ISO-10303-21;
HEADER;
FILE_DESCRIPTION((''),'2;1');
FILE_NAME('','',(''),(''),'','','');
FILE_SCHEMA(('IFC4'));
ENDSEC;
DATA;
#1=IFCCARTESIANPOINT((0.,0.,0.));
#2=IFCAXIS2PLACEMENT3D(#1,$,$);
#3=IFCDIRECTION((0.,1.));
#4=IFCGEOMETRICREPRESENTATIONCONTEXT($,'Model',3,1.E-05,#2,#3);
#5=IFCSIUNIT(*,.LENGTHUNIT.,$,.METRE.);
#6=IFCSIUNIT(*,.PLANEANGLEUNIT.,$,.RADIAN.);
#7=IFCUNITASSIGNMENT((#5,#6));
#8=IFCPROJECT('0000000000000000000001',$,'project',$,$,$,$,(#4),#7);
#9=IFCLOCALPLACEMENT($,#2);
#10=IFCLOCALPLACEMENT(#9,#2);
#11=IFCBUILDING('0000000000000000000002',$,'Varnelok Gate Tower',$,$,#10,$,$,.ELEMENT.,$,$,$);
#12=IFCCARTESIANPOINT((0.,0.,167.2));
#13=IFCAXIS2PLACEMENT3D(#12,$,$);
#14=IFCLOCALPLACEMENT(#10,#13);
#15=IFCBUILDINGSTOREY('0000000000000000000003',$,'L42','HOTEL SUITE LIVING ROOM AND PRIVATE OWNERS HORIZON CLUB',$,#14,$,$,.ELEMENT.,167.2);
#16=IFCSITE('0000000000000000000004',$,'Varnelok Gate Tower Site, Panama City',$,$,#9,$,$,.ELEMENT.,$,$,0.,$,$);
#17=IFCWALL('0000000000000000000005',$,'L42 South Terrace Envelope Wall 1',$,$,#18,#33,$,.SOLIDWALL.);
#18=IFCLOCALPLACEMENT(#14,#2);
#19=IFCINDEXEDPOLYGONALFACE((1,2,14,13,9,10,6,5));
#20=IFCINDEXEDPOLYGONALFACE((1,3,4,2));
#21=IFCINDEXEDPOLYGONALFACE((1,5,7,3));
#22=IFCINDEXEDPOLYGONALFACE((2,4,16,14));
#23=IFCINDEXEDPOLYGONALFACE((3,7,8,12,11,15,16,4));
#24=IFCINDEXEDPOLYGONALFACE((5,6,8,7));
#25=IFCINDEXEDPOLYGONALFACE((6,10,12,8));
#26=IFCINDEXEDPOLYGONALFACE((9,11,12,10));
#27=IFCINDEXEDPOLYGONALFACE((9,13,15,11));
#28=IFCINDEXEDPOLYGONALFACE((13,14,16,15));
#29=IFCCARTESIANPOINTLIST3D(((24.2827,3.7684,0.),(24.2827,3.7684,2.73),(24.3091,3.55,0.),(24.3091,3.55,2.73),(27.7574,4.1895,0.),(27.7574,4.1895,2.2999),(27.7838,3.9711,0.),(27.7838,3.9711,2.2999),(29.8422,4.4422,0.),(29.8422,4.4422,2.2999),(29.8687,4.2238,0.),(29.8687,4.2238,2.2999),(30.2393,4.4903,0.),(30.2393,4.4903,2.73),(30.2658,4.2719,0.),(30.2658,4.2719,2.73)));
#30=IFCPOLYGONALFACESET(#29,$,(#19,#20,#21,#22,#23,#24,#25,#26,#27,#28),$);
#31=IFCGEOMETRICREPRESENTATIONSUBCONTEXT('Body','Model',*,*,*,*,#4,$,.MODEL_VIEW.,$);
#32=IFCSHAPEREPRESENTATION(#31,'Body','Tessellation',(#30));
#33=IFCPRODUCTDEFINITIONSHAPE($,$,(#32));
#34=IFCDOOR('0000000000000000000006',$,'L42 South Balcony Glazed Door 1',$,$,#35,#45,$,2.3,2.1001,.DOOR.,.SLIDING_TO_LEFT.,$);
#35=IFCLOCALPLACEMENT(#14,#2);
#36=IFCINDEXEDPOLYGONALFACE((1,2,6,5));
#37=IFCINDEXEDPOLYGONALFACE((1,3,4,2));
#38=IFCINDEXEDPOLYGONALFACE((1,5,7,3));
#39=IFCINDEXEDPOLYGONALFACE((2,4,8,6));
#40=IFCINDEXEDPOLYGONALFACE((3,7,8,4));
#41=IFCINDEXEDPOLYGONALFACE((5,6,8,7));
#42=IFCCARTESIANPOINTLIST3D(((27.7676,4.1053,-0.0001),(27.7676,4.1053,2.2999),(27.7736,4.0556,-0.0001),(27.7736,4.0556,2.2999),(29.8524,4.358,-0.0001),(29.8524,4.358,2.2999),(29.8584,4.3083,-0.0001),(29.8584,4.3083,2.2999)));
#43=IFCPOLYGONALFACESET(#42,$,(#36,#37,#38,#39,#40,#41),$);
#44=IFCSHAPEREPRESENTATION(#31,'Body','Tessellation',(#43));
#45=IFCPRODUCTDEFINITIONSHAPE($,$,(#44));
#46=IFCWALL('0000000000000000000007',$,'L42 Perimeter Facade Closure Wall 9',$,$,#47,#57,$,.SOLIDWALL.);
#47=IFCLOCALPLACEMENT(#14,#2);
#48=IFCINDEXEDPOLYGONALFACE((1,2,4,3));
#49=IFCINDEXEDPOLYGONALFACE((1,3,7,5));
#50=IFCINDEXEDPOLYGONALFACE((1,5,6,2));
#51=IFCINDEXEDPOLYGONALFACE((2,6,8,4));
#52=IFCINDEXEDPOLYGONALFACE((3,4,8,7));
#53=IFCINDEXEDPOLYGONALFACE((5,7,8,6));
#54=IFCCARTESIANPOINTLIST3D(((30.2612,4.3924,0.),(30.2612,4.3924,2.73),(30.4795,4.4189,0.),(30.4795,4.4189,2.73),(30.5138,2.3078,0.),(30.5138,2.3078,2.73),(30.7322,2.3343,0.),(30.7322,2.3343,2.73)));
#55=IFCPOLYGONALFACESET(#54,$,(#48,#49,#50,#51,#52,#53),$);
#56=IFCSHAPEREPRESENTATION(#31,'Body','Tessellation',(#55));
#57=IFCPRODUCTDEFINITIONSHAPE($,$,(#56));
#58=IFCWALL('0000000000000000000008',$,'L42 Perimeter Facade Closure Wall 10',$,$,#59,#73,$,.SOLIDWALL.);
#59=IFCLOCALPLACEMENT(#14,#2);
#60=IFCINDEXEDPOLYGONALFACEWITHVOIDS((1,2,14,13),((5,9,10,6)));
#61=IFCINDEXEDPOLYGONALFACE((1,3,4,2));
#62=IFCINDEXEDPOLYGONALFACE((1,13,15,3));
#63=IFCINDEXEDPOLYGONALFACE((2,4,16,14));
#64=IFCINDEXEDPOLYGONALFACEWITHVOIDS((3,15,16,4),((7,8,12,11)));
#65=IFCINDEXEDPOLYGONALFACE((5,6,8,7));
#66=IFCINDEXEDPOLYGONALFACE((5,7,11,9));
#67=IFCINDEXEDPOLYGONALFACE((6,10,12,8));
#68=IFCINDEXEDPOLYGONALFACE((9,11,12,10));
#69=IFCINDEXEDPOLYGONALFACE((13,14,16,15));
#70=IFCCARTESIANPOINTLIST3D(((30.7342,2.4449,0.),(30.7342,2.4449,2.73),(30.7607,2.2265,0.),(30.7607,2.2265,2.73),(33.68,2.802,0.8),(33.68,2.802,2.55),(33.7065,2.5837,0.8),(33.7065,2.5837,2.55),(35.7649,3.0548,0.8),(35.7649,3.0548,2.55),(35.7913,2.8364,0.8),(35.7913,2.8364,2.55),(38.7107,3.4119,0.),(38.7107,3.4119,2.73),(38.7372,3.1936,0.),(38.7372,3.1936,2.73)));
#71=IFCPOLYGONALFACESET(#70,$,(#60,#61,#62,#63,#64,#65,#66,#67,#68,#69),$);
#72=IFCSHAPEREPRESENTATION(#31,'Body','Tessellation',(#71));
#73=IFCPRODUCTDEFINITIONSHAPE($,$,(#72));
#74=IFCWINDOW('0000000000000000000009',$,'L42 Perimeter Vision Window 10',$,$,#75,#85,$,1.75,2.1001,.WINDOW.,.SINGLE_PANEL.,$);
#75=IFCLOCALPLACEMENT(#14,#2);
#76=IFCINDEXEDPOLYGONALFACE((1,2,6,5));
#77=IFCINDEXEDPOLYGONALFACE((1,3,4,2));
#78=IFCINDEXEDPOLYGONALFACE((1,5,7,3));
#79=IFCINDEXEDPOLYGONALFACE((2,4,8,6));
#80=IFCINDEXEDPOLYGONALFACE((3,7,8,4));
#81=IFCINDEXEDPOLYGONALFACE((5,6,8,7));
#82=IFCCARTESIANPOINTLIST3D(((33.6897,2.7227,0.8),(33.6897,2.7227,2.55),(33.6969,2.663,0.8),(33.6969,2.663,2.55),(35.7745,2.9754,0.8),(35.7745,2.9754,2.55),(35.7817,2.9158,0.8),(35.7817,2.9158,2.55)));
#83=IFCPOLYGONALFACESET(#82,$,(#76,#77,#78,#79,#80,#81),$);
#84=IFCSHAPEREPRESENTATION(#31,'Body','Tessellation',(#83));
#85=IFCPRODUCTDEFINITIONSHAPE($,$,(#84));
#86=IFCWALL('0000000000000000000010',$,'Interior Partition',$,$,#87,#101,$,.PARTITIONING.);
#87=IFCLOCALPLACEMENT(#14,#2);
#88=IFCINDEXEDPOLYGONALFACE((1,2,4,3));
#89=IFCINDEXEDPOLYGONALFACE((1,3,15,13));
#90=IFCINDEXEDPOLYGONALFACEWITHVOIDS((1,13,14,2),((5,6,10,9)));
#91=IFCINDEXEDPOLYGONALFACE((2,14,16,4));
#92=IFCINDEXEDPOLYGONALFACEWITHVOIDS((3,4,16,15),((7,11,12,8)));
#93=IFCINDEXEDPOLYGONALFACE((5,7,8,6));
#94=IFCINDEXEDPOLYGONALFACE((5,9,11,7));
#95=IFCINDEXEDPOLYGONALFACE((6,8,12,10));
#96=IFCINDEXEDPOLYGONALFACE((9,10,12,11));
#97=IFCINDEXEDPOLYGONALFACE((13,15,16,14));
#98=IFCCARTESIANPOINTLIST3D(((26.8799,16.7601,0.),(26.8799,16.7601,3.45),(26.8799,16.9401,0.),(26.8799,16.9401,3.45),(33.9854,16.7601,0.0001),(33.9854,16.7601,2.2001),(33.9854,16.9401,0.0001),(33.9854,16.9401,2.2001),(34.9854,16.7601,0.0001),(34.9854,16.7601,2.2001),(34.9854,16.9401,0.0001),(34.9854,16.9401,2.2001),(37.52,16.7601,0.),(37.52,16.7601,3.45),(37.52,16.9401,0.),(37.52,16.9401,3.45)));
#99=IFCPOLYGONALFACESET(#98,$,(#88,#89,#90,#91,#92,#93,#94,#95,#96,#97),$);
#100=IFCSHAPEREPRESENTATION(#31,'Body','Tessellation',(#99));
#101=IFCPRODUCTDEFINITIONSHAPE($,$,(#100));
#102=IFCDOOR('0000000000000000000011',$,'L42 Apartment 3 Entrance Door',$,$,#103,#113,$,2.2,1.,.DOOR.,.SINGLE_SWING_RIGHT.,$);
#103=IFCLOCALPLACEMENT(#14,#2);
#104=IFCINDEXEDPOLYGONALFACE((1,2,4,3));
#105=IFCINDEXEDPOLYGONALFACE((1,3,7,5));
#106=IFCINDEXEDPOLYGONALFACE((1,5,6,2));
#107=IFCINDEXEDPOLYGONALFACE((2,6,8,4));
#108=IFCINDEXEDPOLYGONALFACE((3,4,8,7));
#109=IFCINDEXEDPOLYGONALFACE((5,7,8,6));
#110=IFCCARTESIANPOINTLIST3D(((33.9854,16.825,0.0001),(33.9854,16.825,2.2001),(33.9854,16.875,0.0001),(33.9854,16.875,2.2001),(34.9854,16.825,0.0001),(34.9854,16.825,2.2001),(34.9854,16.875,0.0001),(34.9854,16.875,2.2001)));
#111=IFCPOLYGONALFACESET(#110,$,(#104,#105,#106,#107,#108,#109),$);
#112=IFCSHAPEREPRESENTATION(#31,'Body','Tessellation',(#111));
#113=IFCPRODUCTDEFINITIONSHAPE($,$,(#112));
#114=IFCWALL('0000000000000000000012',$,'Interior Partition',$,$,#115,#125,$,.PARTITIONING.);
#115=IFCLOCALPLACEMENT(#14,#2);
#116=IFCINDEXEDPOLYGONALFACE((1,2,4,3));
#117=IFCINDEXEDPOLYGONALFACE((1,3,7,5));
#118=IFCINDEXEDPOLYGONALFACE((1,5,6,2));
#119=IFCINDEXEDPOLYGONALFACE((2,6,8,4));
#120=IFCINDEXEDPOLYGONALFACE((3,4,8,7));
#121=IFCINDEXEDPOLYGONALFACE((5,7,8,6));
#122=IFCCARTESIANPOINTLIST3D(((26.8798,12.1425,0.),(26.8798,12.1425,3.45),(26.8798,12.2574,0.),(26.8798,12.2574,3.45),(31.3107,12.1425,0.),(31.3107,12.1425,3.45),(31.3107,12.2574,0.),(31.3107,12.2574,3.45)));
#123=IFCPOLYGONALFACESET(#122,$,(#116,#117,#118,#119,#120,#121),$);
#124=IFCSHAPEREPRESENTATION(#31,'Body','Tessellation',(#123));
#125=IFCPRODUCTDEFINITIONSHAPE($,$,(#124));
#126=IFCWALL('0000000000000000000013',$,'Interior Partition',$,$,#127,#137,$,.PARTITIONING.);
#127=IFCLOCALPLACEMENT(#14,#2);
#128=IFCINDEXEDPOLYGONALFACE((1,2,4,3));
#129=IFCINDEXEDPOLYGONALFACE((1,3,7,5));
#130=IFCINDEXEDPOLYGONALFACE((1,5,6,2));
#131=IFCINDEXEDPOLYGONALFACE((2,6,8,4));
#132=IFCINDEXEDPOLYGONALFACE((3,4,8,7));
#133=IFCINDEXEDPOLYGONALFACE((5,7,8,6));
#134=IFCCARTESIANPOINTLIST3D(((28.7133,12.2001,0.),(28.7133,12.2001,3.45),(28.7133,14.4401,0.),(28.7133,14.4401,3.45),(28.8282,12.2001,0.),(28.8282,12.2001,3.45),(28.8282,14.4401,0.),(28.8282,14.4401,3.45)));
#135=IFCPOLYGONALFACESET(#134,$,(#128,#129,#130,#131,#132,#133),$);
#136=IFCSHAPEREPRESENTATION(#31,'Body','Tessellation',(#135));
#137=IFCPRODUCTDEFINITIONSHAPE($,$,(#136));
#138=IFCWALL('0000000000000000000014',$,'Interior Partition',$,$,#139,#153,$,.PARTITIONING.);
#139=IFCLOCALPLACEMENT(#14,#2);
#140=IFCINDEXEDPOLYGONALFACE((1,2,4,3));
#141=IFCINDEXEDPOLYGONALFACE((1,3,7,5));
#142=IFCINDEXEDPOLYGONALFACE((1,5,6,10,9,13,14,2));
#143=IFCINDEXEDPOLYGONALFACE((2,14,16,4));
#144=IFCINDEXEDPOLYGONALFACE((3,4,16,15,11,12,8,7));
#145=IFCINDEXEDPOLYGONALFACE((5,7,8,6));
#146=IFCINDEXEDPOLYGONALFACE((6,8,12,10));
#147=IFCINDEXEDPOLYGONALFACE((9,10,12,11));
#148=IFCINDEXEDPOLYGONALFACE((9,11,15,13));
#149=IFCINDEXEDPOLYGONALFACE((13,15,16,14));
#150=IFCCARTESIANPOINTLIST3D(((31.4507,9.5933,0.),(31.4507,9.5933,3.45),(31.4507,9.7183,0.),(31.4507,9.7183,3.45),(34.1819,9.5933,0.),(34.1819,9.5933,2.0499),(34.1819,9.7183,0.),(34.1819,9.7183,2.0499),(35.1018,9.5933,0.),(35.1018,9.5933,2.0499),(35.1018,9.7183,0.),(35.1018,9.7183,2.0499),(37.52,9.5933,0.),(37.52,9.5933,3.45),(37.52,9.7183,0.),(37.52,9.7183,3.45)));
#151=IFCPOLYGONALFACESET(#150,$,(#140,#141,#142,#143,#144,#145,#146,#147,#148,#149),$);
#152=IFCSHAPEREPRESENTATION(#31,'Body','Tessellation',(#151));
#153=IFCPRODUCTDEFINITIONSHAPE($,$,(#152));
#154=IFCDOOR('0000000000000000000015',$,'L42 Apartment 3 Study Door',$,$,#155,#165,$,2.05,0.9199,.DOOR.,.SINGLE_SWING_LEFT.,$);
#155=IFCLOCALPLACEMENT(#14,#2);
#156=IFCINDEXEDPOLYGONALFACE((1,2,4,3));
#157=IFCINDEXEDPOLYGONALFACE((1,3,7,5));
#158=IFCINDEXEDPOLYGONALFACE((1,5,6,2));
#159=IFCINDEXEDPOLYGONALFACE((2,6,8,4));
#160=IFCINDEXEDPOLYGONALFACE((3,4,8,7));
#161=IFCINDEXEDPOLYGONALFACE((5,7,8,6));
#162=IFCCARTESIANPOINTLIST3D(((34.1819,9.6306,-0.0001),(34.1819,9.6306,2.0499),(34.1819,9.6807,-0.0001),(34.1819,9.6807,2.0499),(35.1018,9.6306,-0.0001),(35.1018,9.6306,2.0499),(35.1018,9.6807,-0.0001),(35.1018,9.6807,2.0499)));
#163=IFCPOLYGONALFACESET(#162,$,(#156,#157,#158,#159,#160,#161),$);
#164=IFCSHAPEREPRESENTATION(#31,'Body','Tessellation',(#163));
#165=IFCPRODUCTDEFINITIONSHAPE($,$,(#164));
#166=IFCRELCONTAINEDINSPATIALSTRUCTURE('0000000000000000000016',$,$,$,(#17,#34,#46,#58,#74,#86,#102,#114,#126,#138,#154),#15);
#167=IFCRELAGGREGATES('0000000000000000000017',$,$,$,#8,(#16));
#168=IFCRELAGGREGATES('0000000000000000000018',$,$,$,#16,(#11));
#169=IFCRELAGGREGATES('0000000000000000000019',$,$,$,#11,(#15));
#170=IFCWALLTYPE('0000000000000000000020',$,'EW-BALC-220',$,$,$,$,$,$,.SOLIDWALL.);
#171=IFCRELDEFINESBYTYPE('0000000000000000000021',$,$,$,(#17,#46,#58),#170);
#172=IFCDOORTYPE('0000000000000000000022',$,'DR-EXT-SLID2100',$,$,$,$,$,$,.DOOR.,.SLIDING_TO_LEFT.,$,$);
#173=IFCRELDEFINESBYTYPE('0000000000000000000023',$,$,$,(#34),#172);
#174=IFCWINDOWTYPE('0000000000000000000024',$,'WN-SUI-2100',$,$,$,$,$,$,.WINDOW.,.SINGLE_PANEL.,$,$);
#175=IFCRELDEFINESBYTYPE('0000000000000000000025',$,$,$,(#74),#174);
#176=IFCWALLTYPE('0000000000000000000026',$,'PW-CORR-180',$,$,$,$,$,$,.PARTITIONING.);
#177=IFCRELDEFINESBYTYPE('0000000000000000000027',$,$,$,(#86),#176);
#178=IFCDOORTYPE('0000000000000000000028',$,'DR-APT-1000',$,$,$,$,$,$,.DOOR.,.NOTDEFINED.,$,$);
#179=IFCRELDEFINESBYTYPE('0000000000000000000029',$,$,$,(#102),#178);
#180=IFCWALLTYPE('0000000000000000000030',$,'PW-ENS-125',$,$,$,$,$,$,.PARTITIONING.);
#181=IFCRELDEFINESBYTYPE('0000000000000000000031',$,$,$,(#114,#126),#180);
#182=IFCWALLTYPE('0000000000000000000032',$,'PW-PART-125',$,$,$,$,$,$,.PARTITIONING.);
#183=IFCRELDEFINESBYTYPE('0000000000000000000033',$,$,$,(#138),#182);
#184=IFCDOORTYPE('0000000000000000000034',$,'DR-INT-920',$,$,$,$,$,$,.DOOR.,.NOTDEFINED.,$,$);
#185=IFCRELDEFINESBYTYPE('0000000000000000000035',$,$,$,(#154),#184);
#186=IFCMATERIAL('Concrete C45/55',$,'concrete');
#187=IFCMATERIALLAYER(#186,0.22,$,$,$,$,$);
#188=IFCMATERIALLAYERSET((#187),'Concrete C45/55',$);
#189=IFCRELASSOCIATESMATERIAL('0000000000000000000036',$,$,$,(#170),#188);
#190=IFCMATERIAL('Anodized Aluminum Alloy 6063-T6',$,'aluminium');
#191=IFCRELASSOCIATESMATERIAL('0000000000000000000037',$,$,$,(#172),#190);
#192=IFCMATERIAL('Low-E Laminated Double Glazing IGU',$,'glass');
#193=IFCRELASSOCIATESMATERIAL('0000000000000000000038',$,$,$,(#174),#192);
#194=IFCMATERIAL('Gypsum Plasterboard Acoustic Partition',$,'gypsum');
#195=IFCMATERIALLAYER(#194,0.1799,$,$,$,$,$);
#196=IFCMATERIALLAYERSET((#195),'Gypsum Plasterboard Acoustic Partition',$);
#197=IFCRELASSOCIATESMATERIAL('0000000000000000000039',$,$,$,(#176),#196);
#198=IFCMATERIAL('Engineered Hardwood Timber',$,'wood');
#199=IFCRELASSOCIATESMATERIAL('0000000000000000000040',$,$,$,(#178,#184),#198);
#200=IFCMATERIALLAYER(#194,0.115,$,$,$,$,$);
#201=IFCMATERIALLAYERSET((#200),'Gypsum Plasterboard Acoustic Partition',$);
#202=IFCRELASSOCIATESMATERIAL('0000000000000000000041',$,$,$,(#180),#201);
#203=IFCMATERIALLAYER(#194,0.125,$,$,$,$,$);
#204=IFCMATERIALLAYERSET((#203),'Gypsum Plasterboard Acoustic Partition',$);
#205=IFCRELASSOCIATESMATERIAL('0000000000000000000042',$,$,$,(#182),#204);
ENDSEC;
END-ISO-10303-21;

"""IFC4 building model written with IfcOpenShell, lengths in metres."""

from ifc_helpers import new_model, si_unit, direction, frame, frame_2d, origin, place, context, subcontext, project, spatial, rectangle, extrude, material, layer, layer_set, type_object, element, fill, save


model = new_model("IFC4")

# Units and contexts
model_context = context("Model", 3, precision=1e-05, world=origin(), true_north=direction((0.0, 1.0)))
body_context = subcontext(model_context, "Body", "Model", "MODEL_VIEW")
ifc_project = project(units=[si_unit("LENGTHUNIT", "METRE"), si_unit("PLANEANGLEUNIT", "RADIAN")], contexts=[model_context])

# Site, building, storey
site_placement = place(None, origin())
site = spatial("IfcSite", under=ifc_project, at=site_placement, Name="Varnelok Gate Tower Site, Panama City", CompositionType="ELEMENT", RefElevation=0.0)
building_placement = place(site_placement, origin())
building = spatial("IfcBuilding", under=site, at=building_placement, Name="Varnelok Gate Tower", CompositionType="ELEMENT")
storey_placement = place(building_placement, frame((0.0, 0.0, 167.2)))
storey = spatial("IfcBuildingStorey", under=building, at=storey_placement, Name="L42", Description="HOTEL SUITE LIVING ROOM AND PRIVATE OWNERS HORIZON CLUB", CompositionType="ELEMENT", Elevation=167.2)

# Wall, opening, door
ifc_material_1 = material(Name="Concrete C45/55", Category="concrete")
ifc_layer_1 = layer(ifc_material_1, 0.22)
ifc_layer_set_1 = layer_set([ifc_layer_1], Name="Concrete C45/55")
wall_type_1 = type_object("IfcWallType", Name="EW-BALC-220", PredefinedType="SOLIDWALL", material=ifc_layer_set_1)
wall_1_placement = place(storey_placement, frame((30.2524, 4.3811, 0.0), z_axis=(0.0, 0.0, 1.0), x_axis=(-0.992735, -0.120318, 0.0)))
wall_1 = element("IfcWall", 1, at=wall_1_placement, inside=storey, type_object=wall_type_1, Name="L42 South Terrace Envelope Wall 1", PredefinedType="SOLIDWALL", context=body_context, shape_type="SweptSolid", body=[
    extrude(rectangle(XDim=6.0002, YDim=0.22, at=frame_2d((3.0, 0.0))), origin(), (0.0, 0.0, 1.0), 2.73),
])
opening_1_placement = place(wall_1_placement, frame((0.3999, 0.0, 0.0)))
opening_1 = element("IfcOpeningElement", 2, at=opening_1_placement, cuts=wall_1, PredefinedType="OPENING", context=body_context, shape_type="SweptSolid", body=[
    extrude(rectangle(XDim=2.1001, YDim=2.3, at=frame_2d((1.05, 1.1499))), frame((0.0, 0.1199, 0.0), z_axis=(0.0, -1.0, 0.0), x_axis=(1.0, 0.0, 0.0)), (0.0, 0.0, 1.0), 0.24),
])
ifc_material_2 = material(Name="Anodized Aluminum Alloy 6063-T6", Category="aluminium")
door_type_1 = type_object("IfcDoorType", Name="DR-EXT-SLID2100", OperationType="SLIDING_TO_LEFT", PredefinedType="DOOR", material=ifc_material_2)
door_1_placement = place(opening_1_placement, origin())
door_1 = element("IfcDoor", 3, at=door_1_placement, inside=storey, type_object=door_type_1, Name="L42 South Balcony Glazed Door 1", OperationType="SLIDING_TO_LEFT", OverallHeight=2.3, OverallWidth=2.1001, PredefinedType="DOOR", context=body_context, shape_type="SweptSolid", body=[
    extrude(rectangle(XDim=2.1001, YDim=2.3, at=frame_2d((1.05, 1.1499))), frame((0.0, 0.0249, 0.0), z_axis=(0.0, -1.0, 0.0), x_axis=(1.0, 0.0, 0.0)), (0.0, 0.0, 1.0), 0.05),
])
fill(opening_1, door_1)

# Wall
wall_2_placement = place(storey_placement, frame((30.3704, 4.4055, 0.0), z_axis=(0.0, 0.0, 1.0), x_axis=(0.120328, -0.992734, 0.0)))
element("IfcWall", 4, at=wall_2_placement, inside=storey, type_object=wall_type_1, Name="L42 Perimeter Facade Closure Wall 9", PredefinedType="SOLIDWALL", context=body_context, shape_type="SweptSolid", body=[
    extrude(rectangle(XDim=2.0999, YDim=0.22, at=frame_2d((1.0498, 0.0))), origin(), (0.0, 0.0, 1.0), 2.73),
])

# Wall, opening, window
wall_3_placement = place(storey_placement, frame((30.7473, 2.3357, 0.0), z_axis=(0.0, 0.0, 1.0), x_axis=(0.992731, 0.120354, 0.0)))
wall_3 = element("IfcWall", 5, at=wall_3_placement, inside=storey, type_object=wall_type_1, Name="L42 Perimeter Facade Closure Wall 10", PredefinedType="SOLIDWALL", context=body_context, shape_type="SweptSolid", body=[
    extrude(rectangle(XDim=8.0349, YDim=0.22, at=frame_2d((4.0176, 0.0))), origin(), (0.0, 0.0, 1.0), 2.73),
])
opening_2_placement = place(wall_3_placement, frame((2.9675, 0.0, 0.8)))
opening_2 = element("IfcOpeningElement", 6, at=opening_2_placement, cuts=wall_3, PredefinedType="OPENING", context=body_context, shape_type="SweptSolid", body=[
    extrude(rectangle(XDim=2.1001, YDim=1.75, at=frame_2d((1.05, 0.875))), frame((0.0, 0.1199, 0.0), z_axis=(0.0, -1.0, 0.0), x_axis=(1.0, 0.0, 0.0)), (0.0, 0.0, 1.0), 0.24),
])
ifc_material_3 = material(Name="Low-E Laminated Double Glazing IGU", Category="glass")
window_type = type_object("IfcWindowType", Name="WN-SUI-2100", PartitioningType="SINGLE_PANEL", PredefinedType="WINDOW", material=ifc_material_3)
window_placement = place(opening_2_placement, origin())
window = element("IfcWindow", 7, at=window_placement, inside=storey, type_object=window_type, Name="L42 Perimeter Vision Window 10", OverallHeight=1.75, OverallWidth=2.1001, PartitioningType="SINGLE_PANEL", PredefinedType="WINDOW", context=body_context, shape_type="SweptSolid", body=[
    extrude(rectangle(XDim=2.1001, YDim=1.75, at=frame_2d((1.05, 0.875))), frame((0.0, 0.03, 0.0), z_axis=(0.0, -1.0, 0.0), x_axis=(1.0, 0.0, 0.0)), (0.0, 0.0, 1.0), 0.0601),
])
fill(opening_2, window)

# Wall, opening, door
ifc_material_4 = material(Name="Gypsum Plasterboard Acoustic Partition", Category="gypsum")
ifc_layer_2 = layer(ifc_material_4, 0.1799)
ifc_layer_set_2 = layer_set([ifc_layer_2], Name="Gypsum Plasterboard Acoustic Partition")
wall_type_2 = type_object("IfcWallType", Name="PW-CORR-180", PredefinedType="PARTITIONING", material=ifc_layer_set_2)
wall_4_placement = place(storey_placement, frame((26.8799, 16.8501, 0.0), z_axis=(0.0, 0.0, 1.0), x_axis=(1.0, 0.0, 0.0)))
wall_4 = element("IfcWall", 8, at=wall_4_placement, inside=storey, type_object=wall_type_2, Name="Interior Partition", PredefinedType="PARTITIONING", context=body_context, shape_type="SweptSolid", body=[
    extrude(rectangle(XDim=10.6401, YDim=0.1799, at=frame_2d((5.3201, 0.0))), origin(), (0.0, 0.0, 1.0), 3.45),
])
opening_3_placement = place(wall_4_placement, frame((7.1055, 0.0, 0.0)))
opening_3 = element("IfcOpeningElement", 9, at=opening_3_placement, cuts=wall_4, PredefinedType="OPENING", context=body_context, shape_type="SweptSolid", body=[
    extrude(rectangle(XDim=1.0, YDim=2.2, at=frame_2d((0.5, 1.1001))), frame((0.0, 0.0999, 0.0), z_axis=(0.0, -1.0, 0.0), x_axis=(1.0, 0.0, 0.0)), (0.0, 0.0, 1.0), 0.2),
])
ifc_material_5 = material(Name="Engineered Hardwood Timber", Category="wood")
door_type_2 = type_object("IfcDoorType", Name="DR-APT-1000", OperationType="NOTDEFINED", PredefinedType="DOOR", material=ifc_material_5)
door_2_placement = place(opening_3_placement, origin())
door_2 = element("IfcDoor", 10, at=door_2_placement, inside=storey, type_object=door_type_2, Name="L42 Apartment 3 Entrance Door", OperationType="SINGLE_SWING_RIGHT", OverallHeight=2.2, OverallWidth=1.0, PredefinedType="DOOR", context=body_context, shape_type="SweptSolid", body=[
    extrude(rectangle(XDim=1.0, YDim=2.2, at=frame_2d((0.5, 1.1001))), frame((0.0, 0.0249, 0.0), z_axis=(0.0, -1.0, 0.0), x_axis=(1.0, 0.0, 0.0)), (0.0, 0.0, 1.0), 0.05),
])
fill(opening_3, door_2)

# Walls
ifc_layer_3 = layer(ifc_material_4, 0.115)
ifc_layer_set_3 = layer_set([ifc_layer_3], Name="Gypsum Plasterboard Acoustic Partition")
wall_type_3 = type_object("IfcWallType", Name="PW-ENS-125", PredefinedType="PARTITIONING", material=ifc_layer_set_3)
wall_5_placement = place(storey_placement, frame((26.8799, 12.2, 0.0), z_axis=(0.0, 0.0, 1.0), x_axis=(1.0, 0.0, 0.0)))
element("IfcWall", 11, at=wall_5_placement, inside=storey, type_object=wall_type_3, Name="Interior Partition", PredefinedType="PARTITIONING", context=body_context, shape_type="SweptSolid", body=[
    extrude(rectangle(XDim=4.4309, YDim=0.115, at=frame_2d((2.2153, 0.0))), origin(), (0.0, 0.0, 1.0), 3.45),
])
wall_6_placement = place(storey_placement, frame((28.7708, 12.2, 0.0), z_axis=(0.0, 0.0, 1.0), x_axis=(0.0, 1.0, 0.0)))
element("IfcWall", 12, at=wall_6_placement, inside=storey, type_object=wall_type_3, Name="Interior Partition", PredefinedType="PARTITIONING", context=body_context, shape_type="SweptSolid", body=[
    extrude(rectangle(XDim=2.24, YDim=0.115, at=frame_2d((1.1201, 0.0))), origin(), (0.0, 0.0, 1.0), 3.45),
])

# Wall, opening, door
ifc_layer_4 = layer(ifc_material_4, 0.125)
ifc_layer_set_4 = layer_set([ifc_layer_4], Name="Gypsum Plasterboard Acoustic Partition")
wall_type_4 = type_object("IfcWallType", Name="PW-PART-125", PredefinedType="PARTITIONING", material=ifc_layer_set_4)
wall_7_placement = place(storey_placement, frame((31.4507, 9.6558, 0.0), z_axis=(0.0, 0.0, 1.0), x_axis=(1.0, 0.0, 0.0)))
wall_7 = element("IfcWall", 13, at=wall_7_placement, inside=storey, type_object=wall_type_4, Name="Interior Partition", PredefinedType="PARTITIONING", context=body_context, shape_type="SweptSolid", body=[
    extrude(rectangle(XDim=6.0693, YDim=0.125, at=frame_2d((3.0347, 0.0))), origin(), (0.0, 0.0, 1.0), 3.45),
])
opening_4_placement = place(wall_7_placement, frame((2.7312, 0.0, 0.0)))
opening_4 = element("IfcOpeningElement", 14, at=opening_4_placement, cuts=wall_7, PredefinedType="OPENING", context=body_context, shape_type="SweptSolid", body=[
    extrude(rectangle(XDim=0.9199, YDim=2.05, at=frame_2d((0.46, 1.0249))), frame((0.0, 0.0725, 0.0), z_axis=(0.0, -1.0, 0.0), x_axis=(1.0, 0.0, 0.0)), (0.0, 0.0, 1.0), 0.145),
])
door_type_3 = type_object("IfcDoorType", Name="DR-INT-920", OperationType="NOTDEFINED", PredefinedType="DOOR", material=ifc_material_5)
door_3_placement = place(opening_4_placement, origin())
door_3 = element("IfcDoor", 15, at=door_3_placement, inside=storey, type_object=door_type_3, Name="L42 Apartment 3 Study Door", OperationType="SINGLE_SWING_LEFT", OverallHeight=2.05, OverallWidth=0.9199, PredefinedType="DOOR", context=body_context, shape_type="SweptSolid", body=[
    extrude(rectangle(XDim=0.9199, YDim=2.05, at=frame_2d((0.46, 1.0249))), frame((0.0, 0.0249, 0.0), z_axis=(0.0, -1.0, 0.0), x_axis=(1.0, 0.0, 0.0)), (0.0, 0.0, 1.0), 0.05),
])
fill(opening_4, door_3)

save(model, "model.ifc")
